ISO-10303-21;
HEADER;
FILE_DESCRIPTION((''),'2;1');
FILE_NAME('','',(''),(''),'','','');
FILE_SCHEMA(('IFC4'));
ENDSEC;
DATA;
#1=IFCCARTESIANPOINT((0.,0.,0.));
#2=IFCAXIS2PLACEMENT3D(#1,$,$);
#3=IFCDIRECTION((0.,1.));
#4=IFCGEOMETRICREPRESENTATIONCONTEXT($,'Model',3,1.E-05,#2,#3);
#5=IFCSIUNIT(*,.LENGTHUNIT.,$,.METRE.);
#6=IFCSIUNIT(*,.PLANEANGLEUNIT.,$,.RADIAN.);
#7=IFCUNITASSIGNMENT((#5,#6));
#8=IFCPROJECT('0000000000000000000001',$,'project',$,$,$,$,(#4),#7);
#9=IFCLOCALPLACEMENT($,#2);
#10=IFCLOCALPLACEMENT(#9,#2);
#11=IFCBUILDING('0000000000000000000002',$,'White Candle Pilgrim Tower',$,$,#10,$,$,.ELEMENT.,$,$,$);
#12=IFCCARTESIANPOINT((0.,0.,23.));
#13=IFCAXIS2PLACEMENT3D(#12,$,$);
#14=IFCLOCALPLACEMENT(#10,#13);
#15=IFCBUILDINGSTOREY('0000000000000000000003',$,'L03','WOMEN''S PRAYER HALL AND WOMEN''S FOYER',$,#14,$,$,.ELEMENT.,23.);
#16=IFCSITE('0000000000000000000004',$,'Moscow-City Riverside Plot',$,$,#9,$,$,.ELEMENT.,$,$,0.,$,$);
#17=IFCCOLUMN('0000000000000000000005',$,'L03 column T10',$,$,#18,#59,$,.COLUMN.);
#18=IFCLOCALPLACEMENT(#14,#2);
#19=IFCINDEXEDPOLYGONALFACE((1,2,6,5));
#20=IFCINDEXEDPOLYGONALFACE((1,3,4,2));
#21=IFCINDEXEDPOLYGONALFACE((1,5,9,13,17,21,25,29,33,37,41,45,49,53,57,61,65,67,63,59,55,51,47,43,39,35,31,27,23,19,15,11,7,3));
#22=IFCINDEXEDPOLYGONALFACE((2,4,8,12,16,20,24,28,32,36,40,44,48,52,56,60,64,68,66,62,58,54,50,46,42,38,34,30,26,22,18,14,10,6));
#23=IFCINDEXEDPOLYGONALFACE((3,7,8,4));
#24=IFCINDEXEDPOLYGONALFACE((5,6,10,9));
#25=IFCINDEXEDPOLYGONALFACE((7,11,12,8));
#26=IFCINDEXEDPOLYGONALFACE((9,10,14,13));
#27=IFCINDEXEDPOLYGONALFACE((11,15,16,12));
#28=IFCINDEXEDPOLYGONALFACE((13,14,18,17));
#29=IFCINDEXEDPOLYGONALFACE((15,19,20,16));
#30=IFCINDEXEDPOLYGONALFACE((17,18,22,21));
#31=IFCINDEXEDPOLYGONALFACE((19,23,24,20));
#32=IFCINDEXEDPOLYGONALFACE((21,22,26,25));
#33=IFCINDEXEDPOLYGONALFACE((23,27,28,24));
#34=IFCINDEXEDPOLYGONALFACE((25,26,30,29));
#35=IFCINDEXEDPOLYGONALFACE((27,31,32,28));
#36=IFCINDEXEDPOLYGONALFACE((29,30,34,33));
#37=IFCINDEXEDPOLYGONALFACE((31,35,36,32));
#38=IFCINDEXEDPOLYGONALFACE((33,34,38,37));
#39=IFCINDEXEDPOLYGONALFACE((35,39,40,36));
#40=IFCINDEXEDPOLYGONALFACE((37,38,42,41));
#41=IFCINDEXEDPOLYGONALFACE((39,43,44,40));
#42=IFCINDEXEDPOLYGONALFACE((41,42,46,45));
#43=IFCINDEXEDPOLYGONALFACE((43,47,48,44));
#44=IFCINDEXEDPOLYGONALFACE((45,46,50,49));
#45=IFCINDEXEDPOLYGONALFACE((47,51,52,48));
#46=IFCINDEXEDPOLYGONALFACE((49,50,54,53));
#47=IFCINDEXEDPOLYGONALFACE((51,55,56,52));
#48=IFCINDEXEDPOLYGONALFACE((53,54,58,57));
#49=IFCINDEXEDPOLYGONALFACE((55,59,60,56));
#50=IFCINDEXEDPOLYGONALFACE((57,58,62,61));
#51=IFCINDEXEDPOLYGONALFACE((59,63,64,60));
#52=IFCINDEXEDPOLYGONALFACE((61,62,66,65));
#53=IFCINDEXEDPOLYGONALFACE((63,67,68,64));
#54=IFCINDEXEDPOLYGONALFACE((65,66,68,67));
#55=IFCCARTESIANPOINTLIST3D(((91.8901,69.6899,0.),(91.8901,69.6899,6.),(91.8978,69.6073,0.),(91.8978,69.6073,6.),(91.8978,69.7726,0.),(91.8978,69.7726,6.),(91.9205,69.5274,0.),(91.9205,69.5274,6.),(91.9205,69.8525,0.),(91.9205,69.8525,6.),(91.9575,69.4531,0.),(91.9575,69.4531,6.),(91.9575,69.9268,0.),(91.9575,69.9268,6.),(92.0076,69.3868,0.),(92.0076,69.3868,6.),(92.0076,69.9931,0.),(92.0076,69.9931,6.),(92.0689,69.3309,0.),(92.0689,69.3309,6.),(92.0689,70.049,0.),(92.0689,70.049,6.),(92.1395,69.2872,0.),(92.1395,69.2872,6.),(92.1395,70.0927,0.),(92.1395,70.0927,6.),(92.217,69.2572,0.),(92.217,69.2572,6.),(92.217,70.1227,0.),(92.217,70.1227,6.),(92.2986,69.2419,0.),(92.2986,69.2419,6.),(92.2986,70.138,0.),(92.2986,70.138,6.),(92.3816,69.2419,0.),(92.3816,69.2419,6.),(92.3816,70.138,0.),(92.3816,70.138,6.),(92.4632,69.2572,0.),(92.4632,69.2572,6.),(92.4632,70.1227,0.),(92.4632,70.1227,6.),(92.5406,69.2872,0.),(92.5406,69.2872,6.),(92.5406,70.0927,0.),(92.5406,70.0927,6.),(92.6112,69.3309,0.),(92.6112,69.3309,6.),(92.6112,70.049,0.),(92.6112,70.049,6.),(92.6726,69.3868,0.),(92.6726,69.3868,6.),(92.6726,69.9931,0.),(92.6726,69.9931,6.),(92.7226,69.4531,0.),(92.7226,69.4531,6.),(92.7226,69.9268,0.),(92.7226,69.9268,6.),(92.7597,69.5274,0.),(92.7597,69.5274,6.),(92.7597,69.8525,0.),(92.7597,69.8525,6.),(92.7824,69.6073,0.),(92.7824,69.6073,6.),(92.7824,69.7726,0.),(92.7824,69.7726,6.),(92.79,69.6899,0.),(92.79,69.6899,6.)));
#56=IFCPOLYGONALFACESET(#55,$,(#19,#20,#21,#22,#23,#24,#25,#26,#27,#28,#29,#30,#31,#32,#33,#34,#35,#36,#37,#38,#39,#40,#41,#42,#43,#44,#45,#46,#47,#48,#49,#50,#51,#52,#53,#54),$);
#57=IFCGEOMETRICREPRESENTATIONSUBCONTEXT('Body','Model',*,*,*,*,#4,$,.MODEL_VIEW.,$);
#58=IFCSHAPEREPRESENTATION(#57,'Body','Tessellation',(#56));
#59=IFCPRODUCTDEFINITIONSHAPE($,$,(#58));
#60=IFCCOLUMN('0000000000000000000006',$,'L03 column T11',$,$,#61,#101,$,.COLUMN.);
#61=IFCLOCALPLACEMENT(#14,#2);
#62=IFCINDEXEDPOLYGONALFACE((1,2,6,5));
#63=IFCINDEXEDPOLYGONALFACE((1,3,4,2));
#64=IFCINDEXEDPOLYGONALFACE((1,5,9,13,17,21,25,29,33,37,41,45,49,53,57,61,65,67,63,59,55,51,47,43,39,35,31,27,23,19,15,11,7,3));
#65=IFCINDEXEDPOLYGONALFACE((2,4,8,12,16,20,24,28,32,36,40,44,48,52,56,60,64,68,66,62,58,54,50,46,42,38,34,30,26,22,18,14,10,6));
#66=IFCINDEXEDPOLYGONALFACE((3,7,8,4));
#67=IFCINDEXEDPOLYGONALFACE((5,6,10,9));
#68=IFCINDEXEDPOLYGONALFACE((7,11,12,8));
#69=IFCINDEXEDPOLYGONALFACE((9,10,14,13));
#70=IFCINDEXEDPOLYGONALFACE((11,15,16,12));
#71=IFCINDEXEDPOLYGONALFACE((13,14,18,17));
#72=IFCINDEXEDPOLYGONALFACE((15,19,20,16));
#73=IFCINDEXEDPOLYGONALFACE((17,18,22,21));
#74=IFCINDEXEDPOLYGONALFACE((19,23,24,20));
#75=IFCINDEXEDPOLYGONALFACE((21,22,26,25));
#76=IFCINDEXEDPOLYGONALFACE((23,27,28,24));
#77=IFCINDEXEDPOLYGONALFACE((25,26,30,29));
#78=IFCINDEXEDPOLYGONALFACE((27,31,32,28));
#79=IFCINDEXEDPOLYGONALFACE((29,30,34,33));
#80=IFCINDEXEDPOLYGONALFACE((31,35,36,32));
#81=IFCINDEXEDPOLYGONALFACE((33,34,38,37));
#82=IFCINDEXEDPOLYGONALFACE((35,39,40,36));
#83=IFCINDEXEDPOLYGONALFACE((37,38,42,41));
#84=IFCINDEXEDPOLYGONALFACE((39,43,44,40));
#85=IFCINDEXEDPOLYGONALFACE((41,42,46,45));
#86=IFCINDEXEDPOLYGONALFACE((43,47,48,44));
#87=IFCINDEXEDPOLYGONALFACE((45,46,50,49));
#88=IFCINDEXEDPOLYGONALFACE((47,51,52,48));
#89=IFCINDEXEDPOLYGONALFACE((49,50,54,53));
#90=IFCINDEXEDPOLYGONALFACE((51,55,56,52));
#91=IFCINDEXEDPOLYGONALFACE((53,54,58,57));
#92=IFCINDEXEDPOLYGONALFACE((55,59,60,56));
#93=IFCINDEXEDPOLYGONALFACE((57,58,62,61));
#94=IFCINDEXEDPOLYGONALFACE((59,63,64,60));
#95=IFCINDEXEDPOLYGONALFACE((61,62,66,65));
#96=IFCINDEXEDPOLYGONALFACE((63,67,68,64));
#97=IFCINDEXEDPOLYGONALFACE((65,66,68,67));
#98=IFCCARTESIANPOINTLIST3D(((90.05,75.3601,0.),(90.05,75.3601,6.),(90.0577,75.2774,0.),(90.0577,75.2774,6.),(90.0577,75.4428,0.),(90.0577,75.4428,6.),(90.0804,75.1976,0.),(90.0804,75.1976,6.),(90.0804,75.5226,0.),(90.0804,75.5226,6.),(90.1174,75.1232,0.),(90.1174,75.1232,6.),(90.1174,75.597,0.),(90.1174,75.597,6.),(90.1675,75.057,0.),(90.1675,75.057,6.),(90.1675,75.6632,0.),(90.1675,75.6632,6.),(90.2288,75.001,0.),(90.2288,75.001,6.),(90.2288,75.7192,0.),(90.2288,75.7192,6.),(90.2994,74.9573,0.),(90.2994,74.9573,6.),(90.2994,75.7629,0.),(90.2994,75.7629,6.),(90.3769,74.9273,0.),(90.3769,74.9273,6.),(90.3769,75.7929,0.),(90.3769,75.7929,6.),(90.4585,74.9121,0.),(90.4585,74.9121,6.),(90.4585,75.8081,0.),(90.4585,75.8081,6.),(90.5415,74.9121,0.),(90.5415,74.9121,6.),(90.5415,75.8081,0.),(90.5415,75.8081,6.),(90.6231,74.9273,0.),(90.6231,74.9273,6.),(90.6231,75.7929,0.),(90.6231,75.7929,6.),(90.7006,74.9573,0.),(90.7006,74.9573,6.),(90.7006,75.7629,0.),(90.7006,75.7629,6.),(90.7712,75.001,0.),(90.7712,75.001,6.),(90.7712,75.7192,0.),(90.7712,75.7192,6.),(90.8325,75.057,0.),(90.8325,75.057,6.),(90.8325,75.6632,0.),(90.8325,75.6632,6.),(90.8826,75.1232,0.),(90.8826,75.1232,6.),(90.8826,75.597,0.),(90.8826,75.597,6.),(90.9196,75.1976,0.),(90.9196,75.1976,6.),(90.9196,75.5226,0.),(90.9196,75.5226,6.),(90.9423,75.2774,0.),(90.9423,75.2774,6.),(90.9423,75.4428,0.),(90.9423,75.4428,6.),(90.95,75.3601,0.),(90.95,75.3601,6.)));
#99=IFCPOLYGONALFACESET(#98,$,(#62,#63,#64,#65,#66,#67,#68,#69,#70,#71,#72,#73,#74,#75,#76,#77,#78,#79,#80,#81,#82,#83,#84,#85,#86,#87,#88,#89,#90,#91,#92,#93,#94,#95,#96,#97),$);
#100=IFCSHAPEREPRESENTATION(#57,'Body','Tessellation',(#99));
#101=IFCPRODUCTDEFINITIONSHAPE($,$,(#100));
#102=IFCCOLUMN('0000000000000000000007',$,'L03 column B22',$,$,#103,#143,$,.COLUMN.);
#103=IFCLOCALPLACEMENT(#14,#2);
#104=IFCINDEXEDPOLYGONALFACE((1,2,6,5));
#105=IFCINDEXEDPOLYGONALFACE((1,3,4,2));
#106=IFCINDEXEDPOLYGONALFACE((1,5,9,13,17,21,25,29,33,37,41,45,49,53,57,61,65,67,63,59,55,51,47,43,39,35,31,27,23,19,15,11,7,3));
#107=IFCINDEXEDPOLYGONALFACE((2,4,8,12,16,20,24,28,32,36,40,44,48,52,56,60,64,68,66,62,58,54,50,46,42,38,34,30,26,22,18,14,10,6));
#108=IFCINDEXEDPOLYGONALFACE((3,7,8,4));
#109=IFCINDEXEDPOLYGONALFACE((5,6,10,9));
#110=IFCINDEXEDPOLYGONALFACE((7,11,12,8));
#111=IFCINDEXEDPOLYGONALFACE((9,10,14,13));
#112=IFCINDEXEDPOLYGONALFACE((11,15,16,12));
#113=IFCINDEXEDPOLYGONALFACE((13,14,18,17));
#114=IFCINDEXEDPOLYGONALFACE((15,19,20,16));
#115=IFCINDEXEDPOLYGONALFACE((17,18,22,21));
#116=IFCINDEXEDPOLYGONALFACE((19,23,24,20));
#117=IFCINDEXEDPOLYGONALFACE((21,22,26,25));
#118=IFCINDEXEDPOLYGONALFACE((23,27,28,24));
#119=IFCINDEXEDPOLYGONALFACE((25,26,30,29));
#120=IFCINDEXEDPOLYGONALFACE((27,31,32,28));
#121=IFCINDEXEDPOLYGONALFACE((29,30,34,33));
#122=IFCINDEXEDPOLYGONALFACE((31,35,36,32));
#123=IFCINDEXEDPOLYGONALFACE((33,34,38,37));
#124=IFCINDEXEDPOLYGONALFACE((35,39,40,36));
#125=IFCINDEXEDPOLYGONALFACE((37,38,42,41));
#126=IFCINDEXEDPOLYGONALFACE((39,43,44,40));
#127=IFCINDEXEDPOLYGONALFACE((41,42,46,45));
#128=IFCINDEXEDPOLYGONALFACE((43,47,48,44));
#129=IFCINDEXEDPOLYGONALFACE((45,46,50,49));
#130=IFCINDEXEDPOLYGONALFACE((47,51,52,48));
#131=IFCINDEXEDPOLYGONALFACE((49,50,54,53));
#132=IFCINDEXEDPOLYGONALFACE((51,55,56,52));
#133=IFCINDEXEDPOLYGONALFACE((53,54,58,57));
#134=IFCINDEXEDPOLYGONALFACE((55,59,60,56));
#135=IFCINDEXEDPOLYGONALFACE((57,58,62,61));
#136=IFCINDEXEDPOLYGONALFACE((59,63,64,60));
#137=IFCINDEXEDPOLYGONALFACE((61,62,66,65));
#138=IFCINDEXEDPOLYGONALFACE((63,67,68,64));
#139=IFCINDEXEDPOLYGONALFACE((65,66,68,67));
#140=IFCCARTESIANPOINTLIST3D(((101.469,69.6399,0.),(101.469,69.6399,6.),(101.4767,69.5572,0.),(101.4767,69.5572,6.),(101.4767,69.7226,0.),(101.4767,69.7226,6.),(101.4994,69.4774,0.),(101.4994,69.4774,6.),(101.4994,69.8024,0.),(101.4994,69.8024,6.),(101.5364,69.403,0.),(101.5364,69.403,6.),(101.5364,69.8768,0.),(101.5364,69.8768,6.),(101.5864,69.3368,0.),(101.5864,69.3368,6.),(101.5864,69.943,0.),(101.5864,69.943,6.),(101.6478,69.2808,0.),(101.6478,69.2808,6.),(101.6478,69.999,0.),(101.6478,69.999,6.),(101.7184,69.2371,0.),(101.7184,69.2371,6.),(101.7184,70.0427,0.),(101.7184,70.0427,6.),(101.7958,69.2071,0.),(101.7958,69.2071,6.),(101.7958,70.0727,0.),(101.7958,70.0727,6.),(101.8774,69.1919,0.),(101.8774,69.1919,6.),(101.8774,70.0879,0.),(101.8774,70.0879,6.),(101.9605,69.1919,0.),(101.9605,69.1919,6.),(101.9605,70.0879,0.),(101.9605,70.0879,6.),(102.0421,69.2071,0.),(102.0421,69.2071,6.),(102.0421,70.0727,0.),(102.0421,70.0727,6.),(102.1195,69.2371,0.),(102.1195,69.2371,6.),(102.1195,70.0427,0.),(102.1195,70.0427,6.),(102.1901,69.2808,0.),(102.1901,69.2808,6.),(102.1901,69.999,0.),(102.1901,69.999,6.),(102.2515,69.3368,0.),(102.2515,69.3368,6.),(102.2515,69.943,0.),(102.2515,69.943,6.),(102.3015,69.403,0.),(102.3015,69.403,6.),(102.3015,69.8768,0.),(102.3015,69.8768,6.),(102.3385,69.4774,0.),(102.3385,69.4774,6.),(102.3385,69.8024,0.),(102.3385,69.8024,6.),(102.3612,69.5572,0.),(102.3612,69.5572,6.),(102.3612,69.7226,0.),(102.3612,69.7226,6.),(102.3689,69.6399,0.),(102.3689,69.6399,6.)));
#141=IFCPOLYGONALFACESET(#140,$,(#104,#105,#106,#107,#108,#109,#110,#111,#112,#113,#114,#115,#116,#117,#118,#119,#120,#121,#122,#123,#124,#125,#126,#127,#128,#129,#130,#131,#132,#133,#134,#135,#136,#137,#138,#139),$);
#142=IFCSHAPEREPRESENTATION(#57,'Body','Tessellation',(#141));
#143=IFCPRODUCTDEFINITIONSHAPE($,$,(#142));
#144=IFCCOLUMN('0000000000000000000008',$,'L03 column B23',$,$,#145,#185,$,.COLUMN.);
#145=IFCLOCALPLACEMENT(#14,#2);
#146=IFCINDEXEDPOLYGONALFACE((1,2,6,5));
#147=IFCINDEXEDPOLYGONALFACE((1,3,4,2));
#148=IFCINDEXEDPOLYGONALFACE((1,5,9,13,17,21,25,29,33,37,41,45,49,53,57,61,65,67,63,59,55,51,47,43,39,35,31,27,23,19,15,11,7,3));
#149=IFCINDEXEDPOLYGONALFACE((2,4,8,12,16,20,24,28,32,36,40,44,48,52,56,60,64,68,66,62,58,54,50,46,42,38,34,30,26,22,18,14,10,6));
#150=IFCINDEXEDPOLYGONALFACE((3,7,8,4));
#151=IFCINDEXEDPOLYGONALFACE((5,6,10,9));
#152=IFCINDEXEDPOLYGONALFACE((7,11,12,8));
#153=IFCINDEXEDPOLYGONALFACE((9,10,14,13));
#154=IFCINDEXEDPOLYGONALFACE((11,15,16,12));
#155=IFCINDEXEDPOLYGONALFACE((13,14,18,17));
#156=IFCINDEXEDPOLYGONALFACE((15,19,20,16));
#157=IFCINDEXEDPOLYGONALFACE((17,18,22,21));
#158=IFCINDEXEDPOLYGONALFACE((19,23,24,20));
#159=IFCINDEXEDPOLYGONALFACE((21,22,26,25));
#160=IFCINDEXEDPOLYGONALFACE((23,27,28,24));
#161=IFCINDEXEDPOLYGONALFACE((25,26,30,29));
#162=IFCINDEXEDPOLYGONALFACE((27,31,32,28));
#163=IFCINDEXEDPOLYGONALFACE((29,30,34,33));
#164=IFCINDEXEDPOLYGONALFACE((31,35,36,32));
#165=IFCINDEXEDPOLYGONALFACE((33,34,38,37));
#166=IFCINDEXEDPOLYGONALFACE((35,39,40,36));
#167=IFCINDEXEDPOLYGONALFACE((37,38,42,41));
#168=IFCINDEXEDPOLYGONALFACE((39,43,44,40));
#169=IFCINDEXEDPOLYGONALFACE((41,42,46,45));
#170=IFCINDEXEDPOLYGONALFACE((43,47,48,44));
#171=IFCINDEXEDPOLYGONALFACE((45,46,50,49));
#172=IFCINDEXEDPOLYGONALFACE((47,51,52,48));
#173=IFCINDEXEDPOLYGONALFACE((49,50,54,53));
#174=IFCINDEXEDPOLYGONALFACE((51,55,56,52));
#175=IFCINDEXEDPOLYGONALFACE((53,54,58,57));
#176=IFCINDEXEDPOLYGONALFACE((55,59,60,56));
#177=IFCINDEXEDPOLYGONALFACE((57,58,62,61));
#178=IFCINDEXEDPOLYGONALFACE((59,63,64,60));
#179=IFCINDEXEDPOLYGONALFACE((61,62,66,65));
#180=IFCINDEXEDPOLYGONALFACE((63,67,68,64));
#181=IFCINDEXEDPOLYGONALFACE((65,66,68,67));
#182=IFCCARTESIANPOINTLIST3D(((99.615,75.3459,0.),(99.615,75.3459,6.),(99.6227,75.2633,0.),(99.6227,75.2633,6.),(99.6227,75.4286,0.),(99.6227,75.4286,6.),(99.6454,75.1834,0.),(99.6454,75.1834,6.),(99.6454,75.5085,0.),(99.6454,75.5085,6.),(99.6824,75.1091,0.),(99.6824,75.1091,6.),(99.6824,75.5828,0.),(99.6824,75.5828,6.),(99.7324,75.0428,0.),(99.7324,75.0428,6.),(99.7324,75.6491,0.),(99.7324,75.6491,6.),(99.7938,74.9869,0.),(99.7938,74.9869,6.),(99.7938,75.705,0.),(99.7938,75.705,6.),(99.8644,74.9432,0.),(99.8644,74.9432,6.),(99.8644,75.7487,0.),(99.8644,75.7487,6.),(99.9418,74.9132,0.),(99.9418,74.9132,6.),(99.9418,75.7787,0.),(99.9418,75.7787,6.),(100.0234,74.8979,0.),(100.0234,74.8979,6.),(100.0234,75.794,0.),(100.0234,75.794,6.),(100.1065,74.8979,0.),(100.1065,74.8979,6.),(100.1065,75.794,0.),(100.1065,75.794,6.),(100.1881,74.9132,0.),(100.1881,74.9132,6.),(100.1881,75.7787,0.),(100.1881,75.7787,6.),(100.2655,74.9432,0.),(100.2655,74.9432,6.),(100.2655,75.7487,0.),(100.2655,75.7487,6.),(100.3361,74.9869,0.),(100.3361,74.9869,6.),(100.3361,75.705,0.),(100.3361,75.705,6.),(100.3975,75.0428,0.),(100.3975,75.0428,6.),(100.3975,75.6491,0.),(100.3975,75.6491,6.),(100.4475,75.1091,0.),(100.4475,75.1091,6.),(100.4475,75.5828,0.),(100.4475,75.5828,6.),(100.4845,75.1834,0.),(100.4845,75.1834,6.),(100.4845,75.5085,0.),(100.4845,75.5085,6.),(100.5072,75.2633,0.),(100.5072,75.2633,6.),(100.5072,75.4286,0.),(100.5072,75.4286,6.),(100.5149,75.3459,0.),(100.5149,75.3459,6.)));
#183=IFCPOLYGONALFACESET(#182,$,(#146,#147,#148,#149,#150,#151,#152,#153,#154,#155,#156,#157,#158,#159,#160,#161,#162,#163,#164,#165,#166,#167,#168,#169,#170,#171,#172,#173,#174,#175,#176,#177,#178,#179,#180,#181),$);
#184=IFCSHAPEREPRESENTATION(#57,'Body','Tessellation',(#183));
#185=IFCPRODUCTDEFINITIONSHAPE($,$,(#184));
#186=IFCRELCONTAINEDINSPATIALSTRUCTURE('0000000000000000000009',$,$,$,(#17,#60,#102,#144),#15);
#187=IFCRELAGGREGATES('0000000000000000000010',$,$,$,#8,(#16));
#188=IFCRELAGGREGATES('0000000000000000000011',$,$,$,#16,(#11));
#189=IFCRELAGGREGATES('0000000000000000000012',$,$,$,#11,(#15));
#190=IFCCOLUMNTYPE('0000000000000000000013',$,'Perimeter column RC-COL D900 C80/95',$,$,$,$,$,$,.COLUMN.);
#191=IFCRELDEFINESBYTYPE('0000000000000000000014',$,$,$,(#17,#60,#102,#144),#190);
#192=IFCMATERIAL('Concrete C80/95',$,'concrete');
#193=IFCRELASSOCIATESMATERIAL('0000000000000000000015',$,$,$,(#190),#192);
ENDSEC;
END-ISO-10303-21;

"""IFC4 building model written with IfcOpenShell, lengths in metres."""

from ifc_helpers import new_model, si_unit, direction, frame, origin, origin_2d, place, context, subcontext, project, spatial, circle, extrude, material, material_profile, profile_set, type_object, element, save


model = new_model("IFC4")

# Units and contexts
model_context = context("Model", 3, precision=1e-05, world=origin(), true_north=direction((0.0, 1.0)))
body_context = subcontext(model_context, "Body", "Model", "MODEL_VIEW")
ifc_project = project(units=[si_unit("LENGTHUNIT", "METRE"), si_unit("PLANEANGLEUNIT", "RADIAN")], contexts=[model_context])

# Site, building, storey
site_placement = place(None, origin())
site = spatial("IfcSite", under=ifc_project, at=site_placement, Name="Moscow-City Riverside Plot", CompositionType="ELEMENT", RefElevation=0.0)
building_placement = place(site_placement, origin())
building = spatial("IfcBuilding", under=site, at=building_placement, Name="White Candle Pilgrim Tower", CompositionType="ELEMENT")
storey_placement = place(building_placement, frame((0.0, 0.0, 23.0)))
storey = spatial("IfcBuildingStorey", under=building, at=storey_placement, Name="L03", Description="WOMEN'S PRAYER HALL AND WOMEN'S FOYER", CompositionType="ELEMENT", Elevation=23.0)

# Columns
ifc_material_1 = material(Name="Concrete C80/95", Category="concrete")
ifc_material_profile_1 = material_profile(ifc_material_1, circle(Radius=0.45, at=origin_2d()), Name="RC-COL D900")
ifc_profile_set_1 = profile_set([ifc_material_profile_1], Name="Concrete C80/95")
column_type = type_object("IfcColumnType", Name="Perimeter column RC-COL D900 C80/95", PredefinedType="COLUMN", material=ifc_profile_set_1)
for number, where, z_axis, x_axis, name in (
    (1, (92.3401, 69.6899, 0.0), (0.0, 0.0, 1.0), (1.0, 0.0, 0.0), "L03 column T10"),
    (2, (90.5, 75.3601, 0.0), (0.0, 0.0, 1.0), (1.0, 0.0, 0.0), "L03 column T11"),
    (3, (101.9189, 69.6399, 0.0), (0.0, 0.0, 1.0), (1.0, 0.0, 0.0), "L03 column B22"),
    (4, (100.0649, 75.3459, 0.0), (0.0, 0.0, 1.0), (1.0, 0.0, 0.0), "L03 column B23"),
):
    element("IfcColumn", number, at=place(storey_placement, frame(where, z_axis=z_axis, x_axis=x_axis)), inside=storey, type_object=column_type, Name=name, PredefinedType="COLUMN", context=body_context, shape_type="SweptSolid", body=[
        extrude(circle(Radius=0.45, at=origin_2d()), origin(), (0.0, 0.0, 1.0), 6.0),
    ])

save(model, "model.ifc")
